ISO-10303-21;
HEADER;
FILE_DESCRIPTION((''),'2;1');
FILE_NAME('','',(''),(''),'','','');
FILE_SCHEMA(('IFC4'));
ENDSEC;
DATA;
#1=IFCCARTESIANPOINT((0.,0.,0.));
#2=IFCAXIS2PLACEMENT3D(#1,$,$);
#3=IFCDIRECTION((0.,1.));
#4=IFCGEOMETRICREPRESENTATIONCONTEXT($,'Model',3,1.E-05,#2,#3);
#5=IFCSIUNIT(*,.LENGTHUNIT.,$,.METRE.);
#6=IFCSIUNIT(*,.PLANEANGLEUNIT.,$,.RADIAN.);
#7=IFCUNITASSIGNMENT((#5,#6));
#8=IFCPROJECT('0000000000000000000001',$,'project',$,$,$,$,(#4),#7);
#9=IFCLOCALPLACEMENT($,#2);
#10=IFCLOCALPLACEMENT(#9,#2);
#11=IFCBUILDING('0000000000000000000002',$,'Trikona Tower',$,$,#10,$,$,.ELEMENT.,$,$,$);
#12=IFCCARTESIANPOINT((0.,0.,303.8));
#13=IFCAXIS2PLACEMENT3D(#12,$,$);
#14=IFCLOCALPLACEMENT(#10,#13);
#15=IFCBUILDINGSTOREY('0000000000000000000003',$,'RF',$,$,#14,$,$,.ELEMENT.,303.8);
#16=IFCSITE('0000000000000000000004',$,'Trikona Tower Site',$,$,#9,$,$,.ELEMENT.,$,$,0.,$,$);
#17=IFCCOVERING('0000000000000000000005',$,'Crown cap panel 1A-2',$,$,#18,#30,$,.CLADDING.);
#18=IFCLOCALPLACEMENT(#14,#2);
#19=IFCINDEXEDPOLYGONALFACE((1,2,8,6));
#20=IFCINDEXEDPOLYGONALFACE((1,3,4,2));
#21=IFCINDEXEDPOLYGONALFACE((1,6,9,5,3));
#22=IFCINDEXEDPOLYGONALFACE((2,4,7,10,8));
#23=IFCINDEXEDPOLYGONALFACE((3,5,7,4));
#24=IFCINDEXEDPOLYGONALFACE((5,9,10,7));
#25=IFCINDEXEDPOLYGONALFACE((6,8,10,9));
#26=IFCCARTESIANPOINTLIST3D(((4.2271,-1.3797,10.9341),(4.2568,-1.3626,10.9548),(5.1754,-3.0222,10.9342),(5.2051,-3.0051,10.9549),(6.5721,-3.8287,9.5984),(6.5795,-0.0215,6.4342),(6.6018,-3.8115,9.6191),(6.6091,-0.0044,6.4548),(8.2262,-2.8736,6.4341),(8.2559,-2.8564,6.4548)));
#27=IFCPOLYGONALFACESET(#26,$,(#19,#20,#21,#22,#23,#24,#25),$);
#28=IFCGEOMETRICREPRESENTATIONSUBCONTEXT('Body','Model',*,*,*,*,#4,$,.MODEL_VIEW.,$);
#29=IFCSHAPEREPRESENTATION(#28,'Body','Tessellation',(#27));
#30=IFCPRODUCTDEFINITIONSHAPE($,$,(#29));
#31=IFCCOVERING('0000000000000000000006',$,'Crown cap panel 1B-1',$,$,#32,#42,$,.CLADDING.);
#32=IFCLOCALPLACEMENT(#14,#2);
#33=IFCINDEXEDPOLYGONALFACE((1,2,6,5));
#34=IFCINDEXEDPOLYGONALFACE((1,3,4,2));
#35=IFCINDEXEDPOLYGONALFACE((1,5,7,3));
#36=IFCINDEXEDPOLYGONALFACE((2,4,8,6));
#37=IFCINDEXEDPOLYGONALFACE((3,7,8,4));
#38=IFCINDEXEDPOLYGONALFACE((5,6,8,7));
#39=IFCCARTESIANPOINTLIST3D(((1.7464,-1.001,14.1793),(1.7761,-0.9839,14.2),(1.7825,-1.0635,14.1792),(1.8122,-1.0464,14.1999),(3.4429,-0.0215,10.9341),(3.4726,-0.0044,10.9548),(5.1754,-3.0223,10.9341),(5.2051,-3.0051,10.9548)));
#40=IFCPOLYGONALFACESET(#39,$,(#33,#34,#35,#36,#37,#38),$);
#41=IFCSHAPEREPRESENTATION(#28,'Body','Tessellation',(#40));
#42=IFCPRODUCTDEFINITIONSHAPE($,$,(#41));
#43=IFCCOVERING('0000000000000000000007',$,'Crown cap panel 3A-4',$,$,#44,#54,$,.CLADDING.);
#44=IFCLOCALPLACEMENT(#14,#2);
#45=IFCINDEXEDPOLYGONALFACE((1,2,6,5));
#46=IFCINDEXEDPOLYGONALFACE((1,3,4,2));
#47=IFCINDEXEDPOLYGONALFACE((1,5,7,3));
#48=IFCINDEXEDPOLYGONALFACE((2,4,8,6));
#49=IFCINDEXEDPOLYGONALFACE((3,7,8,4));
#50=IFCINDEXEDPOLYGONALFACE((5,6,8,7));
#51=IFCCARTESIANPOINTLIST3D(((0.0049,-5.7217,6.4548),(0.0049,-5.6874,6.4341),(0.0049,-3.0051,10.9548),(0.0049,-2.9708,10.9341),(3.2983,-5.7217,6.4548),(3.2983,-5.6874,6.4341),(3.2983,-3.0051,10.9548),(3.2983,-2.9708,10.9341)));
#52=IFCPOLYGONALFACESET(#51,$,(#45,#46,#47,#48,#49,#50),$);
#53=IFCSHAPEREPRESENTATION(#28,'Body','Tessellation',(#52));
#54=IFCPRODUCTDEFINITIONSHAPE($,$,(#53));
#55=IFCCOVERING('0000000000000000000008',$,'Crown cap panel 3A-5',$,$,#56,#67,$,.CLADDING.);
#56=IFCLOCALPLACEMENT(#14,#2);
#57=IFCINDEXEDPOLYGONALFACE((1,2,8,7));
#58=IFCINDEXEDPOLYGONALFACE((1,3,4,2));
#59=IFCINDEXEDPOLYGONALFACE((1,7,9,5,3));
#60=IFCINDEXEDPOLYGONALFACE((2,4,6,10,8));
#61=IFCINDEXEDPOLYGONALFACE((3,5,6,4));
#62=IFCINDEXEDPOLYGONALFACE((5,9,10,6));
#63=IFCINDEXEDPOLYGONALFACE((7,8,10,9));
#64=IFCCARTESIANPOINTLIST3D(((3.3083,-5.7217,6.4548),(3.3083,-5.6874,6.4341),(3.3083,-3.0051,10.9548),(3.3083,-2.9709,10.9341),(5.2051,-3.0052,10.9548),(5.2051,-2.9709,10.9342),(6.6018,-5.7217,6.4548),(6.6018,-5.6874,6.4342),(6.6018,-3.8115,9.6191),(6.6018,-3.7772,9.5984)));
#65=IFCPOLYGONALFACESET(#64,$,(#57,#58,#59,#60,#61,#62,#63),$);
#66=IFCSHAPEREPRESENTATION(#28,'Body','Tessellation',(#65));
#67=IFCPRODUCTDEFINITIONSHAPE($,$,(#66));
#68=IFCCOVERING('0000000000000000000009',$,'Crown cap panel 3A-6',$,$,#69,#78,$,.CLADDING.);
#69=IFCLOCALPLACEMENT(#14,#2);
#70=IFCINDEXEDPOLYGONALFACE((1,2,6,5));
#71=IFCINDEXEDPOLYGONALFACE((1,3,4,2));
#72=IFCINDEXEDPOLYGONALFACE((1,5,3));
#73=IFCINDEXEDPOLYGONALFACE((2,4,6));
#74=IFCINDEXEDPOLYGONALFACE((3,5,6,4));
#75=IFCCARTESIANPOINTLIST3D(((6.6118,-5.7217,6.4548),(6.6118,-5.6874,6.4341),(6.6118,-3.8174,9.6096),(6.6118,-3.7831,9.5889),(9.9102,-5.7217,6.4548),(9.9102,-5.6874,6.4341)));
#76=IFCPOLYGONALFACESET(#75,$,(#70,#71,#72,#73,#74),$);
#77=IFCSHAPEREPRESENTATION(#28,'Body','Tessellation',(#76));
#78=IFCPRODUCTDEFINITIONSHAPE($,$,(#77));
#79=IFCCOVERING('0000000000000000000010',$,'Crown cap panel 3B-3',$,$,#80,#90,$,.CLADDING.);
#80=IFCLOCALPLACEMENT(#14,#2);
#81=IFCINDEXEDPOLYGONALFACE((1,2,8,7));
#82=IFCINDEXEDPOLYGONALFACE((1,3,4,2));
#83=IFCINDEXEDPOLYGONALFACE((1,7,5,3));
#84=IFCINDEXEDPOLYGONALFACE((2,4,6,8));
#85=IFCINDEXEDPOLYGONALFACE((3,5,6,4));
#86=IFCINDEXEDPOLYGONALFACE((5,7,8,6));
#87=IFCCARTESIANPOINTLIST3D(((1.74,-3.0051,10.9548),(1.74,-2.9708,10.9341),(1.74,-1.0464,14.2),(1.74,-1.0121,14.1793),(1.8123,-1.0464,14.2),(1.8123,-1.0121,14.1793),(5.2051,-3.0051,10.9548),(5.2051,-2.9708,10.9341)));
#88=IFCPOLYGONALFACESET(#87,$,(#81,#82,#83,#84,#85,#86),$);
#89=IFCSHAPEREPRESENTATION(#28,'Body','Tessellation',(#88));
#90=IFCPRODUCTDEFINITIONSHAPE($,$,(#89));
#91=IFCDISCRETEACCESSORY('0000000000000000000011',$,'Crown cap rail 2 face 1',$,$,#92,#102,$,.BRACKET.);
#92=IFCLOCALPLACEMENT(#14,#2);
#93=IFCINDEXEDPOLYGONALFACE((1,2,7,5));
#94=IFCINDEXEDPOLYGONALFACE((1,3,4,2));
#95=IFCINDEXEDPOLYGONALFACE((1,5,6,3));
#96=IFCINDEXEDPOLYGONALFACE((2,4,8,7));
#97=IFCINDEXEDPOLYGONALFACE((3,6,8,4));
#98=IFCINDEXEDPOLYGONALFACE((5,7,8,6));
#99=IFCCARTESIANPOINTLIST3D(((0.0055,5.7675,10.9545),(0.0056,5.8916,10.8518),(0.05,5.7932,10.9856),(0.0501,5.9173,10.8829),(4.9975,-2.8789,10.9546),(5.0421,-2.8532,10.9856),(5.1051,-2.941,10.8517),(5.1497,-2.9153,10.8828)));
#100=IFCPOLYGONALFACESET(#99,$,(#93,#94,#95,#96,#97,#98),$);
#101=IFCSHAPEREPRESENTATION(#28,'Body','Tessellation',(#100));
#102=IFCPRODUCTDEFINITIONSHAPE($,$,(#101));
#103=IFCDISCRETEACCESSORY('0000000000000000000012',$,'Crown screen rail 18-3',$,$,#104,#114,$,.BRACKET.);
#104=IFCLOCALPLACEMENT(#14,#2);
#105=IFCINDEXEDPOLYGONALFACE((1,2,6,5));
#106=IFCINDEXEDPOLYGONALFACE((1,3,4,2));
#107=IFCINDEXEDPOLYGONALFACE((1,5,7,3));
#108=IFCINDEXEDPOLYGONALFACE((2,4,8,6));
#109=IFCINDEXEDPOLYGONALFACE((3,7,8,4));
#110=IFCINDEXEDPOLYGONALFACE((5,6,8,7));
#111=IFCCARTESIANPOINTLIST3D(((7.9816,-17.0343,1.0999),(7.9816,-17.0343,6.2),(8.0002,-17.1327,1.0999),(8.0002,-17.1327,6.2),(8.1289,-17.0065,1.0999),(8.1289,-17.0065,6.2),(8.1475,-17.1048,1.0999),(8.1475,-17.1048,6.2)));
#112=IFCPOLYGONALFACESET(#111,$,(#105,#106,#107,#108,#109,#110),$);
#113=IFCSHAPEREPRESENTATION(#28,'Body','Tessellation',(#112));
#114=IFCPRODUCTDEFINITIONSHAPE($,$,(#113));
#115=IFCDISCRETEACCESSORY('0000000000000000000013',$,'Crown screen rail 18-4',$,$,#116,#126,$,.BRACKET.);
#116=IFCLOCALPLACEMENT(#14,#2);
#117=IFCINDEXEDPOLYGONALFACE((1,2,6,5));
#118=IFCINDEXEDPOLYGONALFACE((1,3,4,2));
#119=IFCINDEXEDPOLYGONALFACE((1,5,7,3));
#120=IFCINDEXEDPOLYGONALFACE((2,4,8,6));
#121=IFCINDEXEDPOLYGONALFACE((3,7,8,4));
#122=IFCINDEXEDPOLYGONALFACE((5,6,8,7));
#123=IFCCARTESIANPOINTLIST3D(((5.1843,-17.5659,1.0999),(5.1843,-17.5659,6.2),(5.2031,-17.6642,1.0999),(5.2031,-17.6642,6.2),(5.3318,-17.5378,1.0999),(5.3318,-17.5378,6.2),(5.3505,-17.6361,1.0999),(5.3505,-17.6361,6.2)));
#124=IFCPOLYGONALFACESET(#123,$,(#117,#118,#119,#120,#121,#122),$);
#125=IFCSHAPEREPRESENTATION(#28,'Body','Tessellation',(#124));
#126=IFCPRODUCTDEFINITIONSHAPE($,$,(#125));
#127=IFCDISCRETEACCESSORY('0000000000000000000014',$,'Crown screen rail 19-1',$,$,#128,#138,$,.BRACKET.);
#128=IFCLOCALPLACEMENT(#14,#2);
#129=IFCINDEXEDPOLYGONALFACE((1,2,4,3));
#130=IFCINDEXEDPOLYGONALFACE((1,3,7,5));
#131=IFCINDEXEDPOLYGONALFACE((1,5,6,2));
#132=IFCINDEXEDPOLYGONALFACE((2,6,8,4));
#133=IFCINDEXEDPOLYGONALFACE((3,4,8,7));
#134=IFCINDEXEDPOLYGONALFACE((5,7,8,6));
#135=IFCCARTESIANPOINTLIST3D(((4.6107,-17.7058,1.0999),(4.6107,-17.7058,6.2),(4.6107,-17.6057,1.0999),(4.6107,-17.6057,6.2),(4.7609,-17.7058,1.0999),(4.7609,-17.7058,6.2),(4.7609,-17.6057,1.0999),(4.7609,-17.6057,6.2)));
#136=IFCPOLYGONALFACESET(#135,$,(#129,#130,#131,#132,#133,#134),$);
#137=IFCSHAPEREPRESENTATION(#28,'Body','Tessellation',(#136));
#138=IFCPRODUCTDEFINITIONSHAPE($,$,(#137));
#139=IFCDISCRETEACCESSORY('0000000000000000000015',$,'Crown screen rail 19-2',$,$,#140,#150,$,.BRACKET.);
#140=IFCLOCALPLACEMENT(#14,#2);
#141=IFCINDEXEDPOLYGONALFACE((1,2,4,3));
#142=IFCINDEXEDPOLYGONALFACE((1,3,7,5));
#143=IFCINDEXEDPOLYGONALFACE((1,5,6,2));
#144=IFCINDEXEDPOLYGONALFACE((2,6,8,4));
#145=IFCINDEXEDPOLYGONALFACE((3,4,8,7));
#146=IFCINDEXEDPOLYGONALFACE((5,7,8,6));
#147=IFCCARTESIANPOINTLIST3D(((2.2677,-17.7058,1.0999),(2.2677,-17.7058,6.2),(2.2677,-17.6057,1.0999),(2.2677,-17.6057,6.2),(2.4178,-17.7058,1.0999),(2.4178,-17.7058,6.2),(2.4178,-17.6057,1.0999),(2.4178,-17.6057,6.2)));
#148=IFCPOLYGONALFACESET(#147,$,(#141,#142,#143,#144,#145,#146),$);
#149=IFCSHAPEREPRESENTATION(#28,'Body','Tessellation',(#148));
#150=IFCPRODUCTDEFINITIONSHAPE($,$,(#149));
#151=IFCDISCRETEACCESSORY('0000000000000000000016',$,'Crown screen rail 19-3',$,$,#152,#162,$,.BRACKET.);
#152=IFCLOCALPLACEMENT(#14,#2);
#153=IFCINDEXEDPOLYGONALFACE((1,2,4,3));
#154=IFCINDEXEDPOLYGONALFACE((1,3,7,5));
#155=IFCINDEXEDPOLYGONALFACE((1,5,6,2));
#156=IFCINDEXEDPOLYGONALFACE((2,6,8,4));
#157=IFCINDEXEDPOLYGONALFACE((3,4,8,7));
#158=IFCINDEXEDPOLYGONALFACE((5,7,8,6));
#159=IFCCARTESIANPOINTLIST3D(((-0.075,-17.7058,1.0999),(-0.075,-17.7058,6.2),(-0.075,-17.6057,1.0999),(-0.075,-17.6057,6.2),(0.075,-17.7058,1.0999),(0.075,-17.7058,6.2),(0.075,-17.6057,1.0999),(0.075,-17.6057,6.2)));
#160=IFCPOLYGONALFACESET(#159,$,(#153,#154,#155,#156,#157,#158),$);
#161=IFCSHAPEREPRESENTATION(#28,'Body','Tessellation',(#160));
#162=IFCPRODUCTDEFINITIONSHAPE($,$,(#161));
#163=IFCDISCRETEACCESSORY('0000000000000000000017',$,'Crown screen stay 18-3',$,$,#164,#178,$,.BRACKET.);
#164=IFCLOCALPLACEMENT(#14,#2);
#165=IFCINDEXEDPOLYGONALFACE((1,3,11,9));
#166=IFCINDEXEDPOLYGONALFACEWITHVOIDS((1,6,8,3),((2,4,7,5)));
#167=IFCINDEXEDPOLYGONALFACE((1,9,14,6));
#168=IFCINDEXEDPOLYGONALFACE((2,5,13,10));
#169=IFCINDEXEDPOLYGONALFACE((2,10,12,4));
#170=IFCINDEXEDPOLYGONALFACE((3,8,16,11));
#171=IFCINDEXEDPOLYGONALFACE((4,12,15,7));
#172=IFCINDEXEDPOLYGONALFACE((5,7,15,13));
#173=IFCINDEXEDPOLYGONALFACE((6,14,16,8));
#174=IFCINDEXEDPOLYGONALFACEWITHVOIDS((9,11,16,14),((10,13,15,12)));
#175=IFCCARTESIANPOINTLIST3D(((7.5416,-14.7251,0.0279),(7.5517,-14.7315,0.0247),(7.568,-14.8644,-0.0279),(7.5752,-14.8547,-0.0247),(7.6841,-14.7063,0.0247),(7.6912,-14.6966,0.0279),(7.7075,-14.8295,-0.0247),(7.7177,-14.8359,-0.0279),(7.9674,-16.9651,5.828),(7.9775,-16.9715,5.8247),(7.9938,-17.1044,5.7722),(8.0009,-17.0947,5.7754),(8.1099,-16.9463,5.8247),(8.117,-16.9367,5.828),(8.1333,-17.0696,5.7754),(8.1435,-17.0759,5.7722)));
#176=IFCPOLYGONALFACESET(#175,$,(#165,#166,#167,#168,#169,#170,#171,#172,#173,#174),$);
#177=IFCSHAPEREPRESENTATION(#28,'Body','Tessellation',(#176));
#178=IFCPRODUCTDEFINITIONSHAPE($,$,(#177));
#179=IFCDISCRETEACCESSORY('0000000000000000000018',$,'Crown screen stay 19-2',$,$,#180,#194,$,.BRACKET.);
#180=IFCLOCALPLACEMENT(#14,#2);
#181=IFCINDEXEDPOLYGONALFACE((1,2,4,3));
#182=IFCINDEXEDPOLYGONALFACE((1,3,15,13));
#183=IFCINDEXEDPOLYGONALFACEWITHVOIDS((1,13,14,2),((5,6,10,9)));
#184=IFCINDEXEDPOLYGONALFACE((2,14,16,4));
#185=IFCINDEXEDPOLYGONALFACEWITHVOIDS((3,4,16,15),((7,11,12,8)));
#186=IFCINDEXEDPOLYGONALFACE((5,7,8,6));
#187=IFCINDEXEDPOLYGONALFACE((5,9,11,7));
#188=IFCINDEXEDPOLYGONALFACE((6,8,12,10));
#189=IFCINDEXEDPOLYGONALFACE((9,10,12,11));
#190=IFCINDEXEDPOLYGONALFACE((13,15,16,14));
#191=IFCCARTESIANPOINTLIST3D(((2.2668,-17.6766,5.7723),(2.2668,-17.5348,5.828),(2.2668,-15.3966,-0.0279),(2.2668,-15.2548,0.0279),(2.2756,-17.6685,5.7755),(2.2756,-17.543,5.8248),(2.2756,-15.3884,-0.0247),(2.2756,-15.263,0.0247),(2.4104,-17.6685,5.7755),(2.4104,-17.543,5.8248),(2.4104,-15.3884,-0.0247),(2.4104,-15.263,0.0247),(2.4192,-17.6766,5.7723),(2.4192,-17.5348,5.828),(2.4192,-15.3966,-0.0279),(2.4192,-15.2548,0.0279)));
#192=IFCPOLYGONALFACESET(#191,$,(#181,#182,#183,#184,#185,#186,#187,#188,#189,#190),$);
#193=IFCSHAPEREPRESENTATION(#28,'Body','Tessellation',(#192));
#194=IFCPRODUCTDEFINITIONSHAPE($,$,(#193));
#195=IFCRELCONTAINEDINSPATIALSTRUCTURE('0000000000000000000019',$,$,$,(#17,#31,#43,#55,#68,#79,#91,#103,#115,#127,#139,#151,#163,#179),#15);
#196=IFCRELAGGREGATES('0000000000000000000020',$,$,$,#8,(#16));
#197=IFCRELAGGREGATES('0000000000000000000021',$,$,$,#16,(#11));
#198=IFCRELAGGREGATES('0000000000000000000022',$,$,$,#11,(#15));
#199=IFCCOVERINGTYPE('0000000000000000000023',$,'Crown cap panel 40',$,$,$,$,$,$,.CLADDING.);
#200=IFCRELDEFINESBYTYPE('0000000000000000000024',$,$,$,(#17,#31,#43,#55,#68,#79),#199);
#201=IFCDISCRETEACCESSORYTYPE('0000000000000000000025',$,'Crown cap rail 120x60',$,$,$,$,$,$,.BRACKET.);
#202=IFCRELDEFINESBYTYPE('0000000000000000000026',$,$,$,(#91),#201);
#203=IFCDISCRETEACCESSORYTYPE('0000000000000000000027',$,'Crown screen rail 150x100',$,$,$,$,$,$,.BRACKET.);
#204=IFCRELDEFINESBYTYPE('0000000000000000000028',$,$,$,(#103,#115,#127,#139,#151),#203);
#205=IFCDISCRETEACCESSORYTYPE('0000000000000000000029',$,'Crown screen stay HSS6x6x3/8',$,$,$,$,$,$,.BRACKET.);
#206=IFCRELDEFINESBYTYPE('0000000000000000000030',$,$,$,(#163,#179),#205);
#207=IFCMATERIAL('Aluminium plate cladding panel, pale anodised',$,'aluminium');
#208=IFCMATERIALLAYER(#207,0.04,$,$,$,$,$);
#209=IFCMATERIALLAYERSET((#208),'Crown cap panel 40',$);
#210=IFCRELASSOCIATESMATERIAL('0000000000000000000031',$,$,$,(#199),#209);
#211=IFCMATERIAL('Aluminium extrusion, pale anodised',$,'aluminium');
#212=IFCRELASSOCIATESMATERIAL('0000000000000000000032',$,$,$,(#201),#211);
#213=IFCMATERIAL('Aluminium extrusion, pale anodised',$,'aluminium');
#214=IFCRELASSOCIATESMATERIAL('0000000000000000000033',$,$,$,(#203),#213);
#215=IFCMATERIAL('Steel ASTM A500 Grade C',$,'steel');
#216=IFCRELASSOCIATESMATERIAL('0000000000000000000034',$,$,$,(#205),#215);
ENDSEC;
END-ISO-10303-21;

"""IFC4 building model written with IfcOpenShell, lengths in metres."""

from ifc_helpers import new_model, si_unit, direction, frame, frame_2d, origin, origin_2d, place, context, subcontext, project, spatial, polyline, rectangle, hollow_rectangle, outline, extrude, material, layer, layer_set, material_profile, profile_set, type_object, element, save


model = new_model("IFC4")

# Units and contexts
model_context = context("Model", 3, precision=1e-05, world=origin(), true_north=direction((0.0, 1.0)))
body_context = subcontext(model_context, "Body", "Model", "MODEL_VIEW")
ifc_project = project(units=[si_unit("LENGTHUNIT", "METRE"), si_unit("PLANEANGLEUNIT", "RADIAN")], contexts=[model_context])

# Site, building, storey
site_placement = place(None, origin())
site = spatial("IfcSite", under=ifc_project, at=site_placement, Name="Trikona Tower Site", CompositionType="ELEMENT", RefElevation=0.0)
building_placement = place(site_placement, origin())
building = spatial("IfcBuilding", under=site, at=building_placement, Name="Trikona Tower", CompositionType="ELEMENT")
storey_placement = place(building_placement, frame((0.0, 0.0, 303.8)))
storey = spatial("IfcBuildingStorey", under=building, at=storey_placement, Name="RF", CompositionType="ELEMENT", Elevation=303.8)

# Coverings
ifc_material_1 = material(Name="Aluminium plate cladding panel, pale anodised", Category="aluminium")
ifc_layer_1 = layer(ifc_material_1, 0.04)
ifc_layer_set_1 = layer_set([ifc_layer_1], Name="Crown cap panel 40")
covering_type = type_object("IfcCoveringType", Name="Crown cap panel 40", PredefinedType="CLADDING", material=ifc_layer_set_1)
covering_1_placement = place(storey_placement, frame((8.2559, -2.8564, 6.4548), z_axis=(0.741415, 0.428075, 0.516774), x_axis=(-0.500018, 0.866015, 0.000003)))
element("IfcCovering", 1, at=covering_1_placement, inside=storey, type_object=covering_type, Name="Crown cap panel 1A-2", PredefinedType="CLADDING", context=body_context, shape_type="SweptSolid", body=[
    extrude(outline(polyline([(0.0, 0.0), (3.2933, 0.0), (3.2933, 5.2562), (1.3967, 5.2563), (0.0, 3.6961), (0.0, 0.0)])), origin(), (0.0, 0.0, -1.0), 0.04),
])
covering_2_placement = place(storey_placement, frame((5.2051, -3.0051, 10.9548), z_axis=(0.741411, 0.428053, 0.516797), x_axis=(-0.499996, 0.866027, -0.000005)))
element("IfcCovering", 2, at=covering_2_placement, inside=storey, type_object=covering_type, Name="Crown cap panel 1B-1", PredefinedType="CLADDING", context=body_context, shape_type="SweptSolid", body=[
    extrude(outline(polyline([(0.0, 0.0), (3.4649, 0.0), (3.4649, 3.7906), (3.3927, 3.7905), (0.0, 0.0)])), origin(), (0.0, 0.0, -1.0), 0.04),
])
covering_3_placement = place(storey_placement, frame((0.0049, -5.7217, 6.4548), z_axis=(0.0, -0.856101, 0.516809), x_axis=(1.0, 0.0, 0.0)))
element("IfcCovering", 3, at=covering_3_placement, inside=storey, type_object=covering_type, Name="Crown cap panel 3A-4", PredefinedType="CLADDING", context=body_context, shape_type="SweptSolid", body=[
    extrude(outline(polyline([(0.0, 0.0), (3.2935, 0.0), (3.2935, 5.2564), (0.0, 5.2564), (0.0, 0.0)])), origin(), (0.0, 0.0, -1.0), 0.04),
])
covering_4_placement = place(storey_placement, frame((3.3083, -5.7217, 6.4548), z_axis=(-0.000009, -0.856102, 0.516807), x_axis=(1.0, -0.000008, 0.000005)))
element("IfcCovering", 4, at=covering_4_placement, inside=storey, type_object=covering_type, Name="Crown cap panel 3A-5", PredefinedType="CLADDING", context=body_context, shape_type="SweptSolid", body=[
    extrude(outline(polyline([(0.0, 0.0), (3.2935, 0.0), (3.2935, 3.6962), (1.8967, 5.2564), (0.0, 5.2564), (0.0, 0.0)])), origin(), (0.0, 0.0, -1.0), 0.04),
])
covering_5_placement = place(storey_placement, frame((6.6118, -5.7217, 6.4548), z_axis=(0.0, -0.856122, 0.516774), x_axis=(1.0, 0.0, 0.0)))
element("IfcCovering", 5, at=covering_5_placement, inside=storey, type_object=covering_type, Name="Crown cap panel 3A-6", PredefinedType="CLADDING", context=body_context, shape_type="SweptSolid", body=[
    extrude(outline(polyline([(0.0, 0.0), (3.2983, 0.0), (0.0, 3.685), (0.0, 0.0)])), origin(), (0.0, 0.0, -1.0), 0.04),
])
covering_6_placement = place(storey_placement, frame((1.74, -3.0051, 10.9548), z_axis=(0.0, -0.856132, 0.516758), x_axis=(1.0, 0.0, 0.0)))
element("IfcCovering", 6, at=covering_6_placement, inside=storey, type_object=covering_type, Name="Crown cap panel 3B-3", PredefinedType="CLADDING", context=body_context, shape_type="SweptSolid", body=[
    extrude(outline(polyline([(0.0, 0.0), (3.4651, 0.0), (0.0723, 3.7904), (0.0, 3.7904), (0.0, 0.0)])), origin(), (0.0, 0.0, -1.0), 0.04),
])

# Discrete accessories
ifc_material_2 = material(Name="Aluminium extrusion, pale anodised", Category="aluminium")
discrete_accessory_type_1 = type_object("IfcDiscreteAccessoryType", Name="Crown cap rail 120x60", PredefinedType="BRACKET", material=ifc_material_2)
discrete_accessory_1_placement = place(storey_placement, frame((5.1497, -2.9153, 10.8828), z_axis=(0.741162, 0.427912, 0.517271), x_axis=(-0.500004, 0.866023, 0.000005)))
element("IfcDiscreteAccessory", 7, at=discrete_accessory_1_placement, inside=storey, type_object=discrete_accessory_type_1, Name="Crown cap rail 2 face 1", PredefinedType="BRACKET", context=body_context, shape_type="SweptSolid", body=[
    extrude(outline(polyline([(0.0, 0.0), (10.199, 0.0), (10.0916, 0.12), (0.1075, 0.1202), (0.0, 0.0)])), origin(), (0.0, 0.0, -1.0), 0.0601),
])
ifc_material_3 = material(Name="Aluminium extrusion, pale anodised", Category="aluminium")
discrete_accessory_type_2 = type_object("IfcDiscreteAccessoryType", Name="Crown screen rail 150x100", PredefinedType="BRACKET", material=ifc_material_3)
discrete_accessory_2_placement = place(storey_placement, frame((8.1382, -17.0557, 1.0999), z_axis=(0.0, 0.0, 1.0), x_axis=(-0.982594, -0.185764, 0.0)))
element("IfcDiscreteAccessory", 8, at=discrete_accessory_2_placement, inside=storey, type_object=discrete_accessory_type_2, Name="Crown screen rail 18-3", PredefinedType="BRACKET", context=body_context, shape_type="SweptSolid", body=[
    extrude(rectangle(XDim=0.1499, YDim=0.1001, at=frame_2d((0.075, 0.0))), origin(), (0.0, 0.0, 1.0), 5.1001),
])
for number, where, z_axis, x_axis, name in (
    (9, (5.3413, -17.5869, 1.0999), (0.0, 0.0, 1.0), (-0.982353, -0.187037, 0.0), "Crown screen rail 18-4"),
    (10, (4.761, -17.6558, 1.0999), (0.0, 0.0, 1.0), (-1.0, 0.0, 0.0), "Crown screen rail 19-1"),
    (11, (2.418, -17.6558, 1.0999), (0.0, 0.0, 1.0), (-1.0, 0.0, 0.0), "Crown screen rail 19-2"),
):
    element("IfcDiscreteAccessory", number, at=place(storey_placement, frame(where, z_axis=z_axis, x_axis=x_axis)), inside=storey, type_object=discrete_accessory_type_2, Name=name, PredefinedType="BRACKET", context=body_context, shape_type="SweptSolid", body=[
        extrude(rectangle(XDim=0.1501, YDim=0.1001, at=frame_2d((0.0752, 0.0))), origin(), (0.0, 0.0, 1.0), 5.1001),
    ])
discrete_accessory_3_placement = place(storey_placement, frame((0.075, -17.6558, 1.0999), z_axis=(0.0, 0.0, 1.0), x_axis=(-1.0, 0.0, 0.0)))
element("IfcDiscreteAccessory", 12, at=discrete_accessory_3_placement, inside=storey, type_object=discrete_accessory_type_2, Name="Crown screen rail 19-3", PredefinedType="BRACKET", context=body_context, shape_type="SweptSolid", body=[
    extrude(rectangle(XDim=0.1499, YDim=0.1001, at=frame_2d((0.075, 0.0))), origin(), (0.0, 0.0, 1.0), 5.1001),
])
ifc_material_4 = material(Name="Steel ASTM A500 Grade C", Category="steel")
ifc_material_profile_1 = material_profile(ifc_material_4, hollow_rectangle(XDim=0.1523, YDim=0.1523, WallThickness=0.0088, at=origin_2d()), Name="HSS6X6X3/8")
ifc_profile_set_1 = profile_set([ifc_material_profile_1], Name="Steel ASTM A500 Grade C")
discrete_accessory_type_3 = type_object("IfcDiscreteAccessoryType", Name="Crown screen stay HSS6x6x3/8", PredefinedType="BRACKET", material=ifc_profile_set_1)
for number, where, z_axis, x_axis, name in (
    (13, (7.6296, -14.7805, 0.0), (0.06832, -0.359426, 0.930669), (0.98241, 0.186738, 0.0), "Crown screen stay 18-3"),
    (14, (2.343, -15.3257, 0.0), (0.0, -0.365852, 0.930673), (1.0, 0.0, 0.0), "Crown screen stay 19-2"),
):
    element("IfcDiscreteAccessory", number, at=place(storey_placement, frame(where, z_axis=z_axis, x_axis=x_axis)), inside=storey, type_object=discrete_accessory_type_3, Name=name, PredefinedType="BRACKET", context=body_context, shape_type="SweptSolid", body=[
        extrude(hollow_rectangle(XDim=0.1523, YDim=0.1523, WallThickness=0.0088, at=origin_2d()), origin(), (0.0, 0.0, 1.0), 6.2322),
    ])

save(model, "model.ifc")
